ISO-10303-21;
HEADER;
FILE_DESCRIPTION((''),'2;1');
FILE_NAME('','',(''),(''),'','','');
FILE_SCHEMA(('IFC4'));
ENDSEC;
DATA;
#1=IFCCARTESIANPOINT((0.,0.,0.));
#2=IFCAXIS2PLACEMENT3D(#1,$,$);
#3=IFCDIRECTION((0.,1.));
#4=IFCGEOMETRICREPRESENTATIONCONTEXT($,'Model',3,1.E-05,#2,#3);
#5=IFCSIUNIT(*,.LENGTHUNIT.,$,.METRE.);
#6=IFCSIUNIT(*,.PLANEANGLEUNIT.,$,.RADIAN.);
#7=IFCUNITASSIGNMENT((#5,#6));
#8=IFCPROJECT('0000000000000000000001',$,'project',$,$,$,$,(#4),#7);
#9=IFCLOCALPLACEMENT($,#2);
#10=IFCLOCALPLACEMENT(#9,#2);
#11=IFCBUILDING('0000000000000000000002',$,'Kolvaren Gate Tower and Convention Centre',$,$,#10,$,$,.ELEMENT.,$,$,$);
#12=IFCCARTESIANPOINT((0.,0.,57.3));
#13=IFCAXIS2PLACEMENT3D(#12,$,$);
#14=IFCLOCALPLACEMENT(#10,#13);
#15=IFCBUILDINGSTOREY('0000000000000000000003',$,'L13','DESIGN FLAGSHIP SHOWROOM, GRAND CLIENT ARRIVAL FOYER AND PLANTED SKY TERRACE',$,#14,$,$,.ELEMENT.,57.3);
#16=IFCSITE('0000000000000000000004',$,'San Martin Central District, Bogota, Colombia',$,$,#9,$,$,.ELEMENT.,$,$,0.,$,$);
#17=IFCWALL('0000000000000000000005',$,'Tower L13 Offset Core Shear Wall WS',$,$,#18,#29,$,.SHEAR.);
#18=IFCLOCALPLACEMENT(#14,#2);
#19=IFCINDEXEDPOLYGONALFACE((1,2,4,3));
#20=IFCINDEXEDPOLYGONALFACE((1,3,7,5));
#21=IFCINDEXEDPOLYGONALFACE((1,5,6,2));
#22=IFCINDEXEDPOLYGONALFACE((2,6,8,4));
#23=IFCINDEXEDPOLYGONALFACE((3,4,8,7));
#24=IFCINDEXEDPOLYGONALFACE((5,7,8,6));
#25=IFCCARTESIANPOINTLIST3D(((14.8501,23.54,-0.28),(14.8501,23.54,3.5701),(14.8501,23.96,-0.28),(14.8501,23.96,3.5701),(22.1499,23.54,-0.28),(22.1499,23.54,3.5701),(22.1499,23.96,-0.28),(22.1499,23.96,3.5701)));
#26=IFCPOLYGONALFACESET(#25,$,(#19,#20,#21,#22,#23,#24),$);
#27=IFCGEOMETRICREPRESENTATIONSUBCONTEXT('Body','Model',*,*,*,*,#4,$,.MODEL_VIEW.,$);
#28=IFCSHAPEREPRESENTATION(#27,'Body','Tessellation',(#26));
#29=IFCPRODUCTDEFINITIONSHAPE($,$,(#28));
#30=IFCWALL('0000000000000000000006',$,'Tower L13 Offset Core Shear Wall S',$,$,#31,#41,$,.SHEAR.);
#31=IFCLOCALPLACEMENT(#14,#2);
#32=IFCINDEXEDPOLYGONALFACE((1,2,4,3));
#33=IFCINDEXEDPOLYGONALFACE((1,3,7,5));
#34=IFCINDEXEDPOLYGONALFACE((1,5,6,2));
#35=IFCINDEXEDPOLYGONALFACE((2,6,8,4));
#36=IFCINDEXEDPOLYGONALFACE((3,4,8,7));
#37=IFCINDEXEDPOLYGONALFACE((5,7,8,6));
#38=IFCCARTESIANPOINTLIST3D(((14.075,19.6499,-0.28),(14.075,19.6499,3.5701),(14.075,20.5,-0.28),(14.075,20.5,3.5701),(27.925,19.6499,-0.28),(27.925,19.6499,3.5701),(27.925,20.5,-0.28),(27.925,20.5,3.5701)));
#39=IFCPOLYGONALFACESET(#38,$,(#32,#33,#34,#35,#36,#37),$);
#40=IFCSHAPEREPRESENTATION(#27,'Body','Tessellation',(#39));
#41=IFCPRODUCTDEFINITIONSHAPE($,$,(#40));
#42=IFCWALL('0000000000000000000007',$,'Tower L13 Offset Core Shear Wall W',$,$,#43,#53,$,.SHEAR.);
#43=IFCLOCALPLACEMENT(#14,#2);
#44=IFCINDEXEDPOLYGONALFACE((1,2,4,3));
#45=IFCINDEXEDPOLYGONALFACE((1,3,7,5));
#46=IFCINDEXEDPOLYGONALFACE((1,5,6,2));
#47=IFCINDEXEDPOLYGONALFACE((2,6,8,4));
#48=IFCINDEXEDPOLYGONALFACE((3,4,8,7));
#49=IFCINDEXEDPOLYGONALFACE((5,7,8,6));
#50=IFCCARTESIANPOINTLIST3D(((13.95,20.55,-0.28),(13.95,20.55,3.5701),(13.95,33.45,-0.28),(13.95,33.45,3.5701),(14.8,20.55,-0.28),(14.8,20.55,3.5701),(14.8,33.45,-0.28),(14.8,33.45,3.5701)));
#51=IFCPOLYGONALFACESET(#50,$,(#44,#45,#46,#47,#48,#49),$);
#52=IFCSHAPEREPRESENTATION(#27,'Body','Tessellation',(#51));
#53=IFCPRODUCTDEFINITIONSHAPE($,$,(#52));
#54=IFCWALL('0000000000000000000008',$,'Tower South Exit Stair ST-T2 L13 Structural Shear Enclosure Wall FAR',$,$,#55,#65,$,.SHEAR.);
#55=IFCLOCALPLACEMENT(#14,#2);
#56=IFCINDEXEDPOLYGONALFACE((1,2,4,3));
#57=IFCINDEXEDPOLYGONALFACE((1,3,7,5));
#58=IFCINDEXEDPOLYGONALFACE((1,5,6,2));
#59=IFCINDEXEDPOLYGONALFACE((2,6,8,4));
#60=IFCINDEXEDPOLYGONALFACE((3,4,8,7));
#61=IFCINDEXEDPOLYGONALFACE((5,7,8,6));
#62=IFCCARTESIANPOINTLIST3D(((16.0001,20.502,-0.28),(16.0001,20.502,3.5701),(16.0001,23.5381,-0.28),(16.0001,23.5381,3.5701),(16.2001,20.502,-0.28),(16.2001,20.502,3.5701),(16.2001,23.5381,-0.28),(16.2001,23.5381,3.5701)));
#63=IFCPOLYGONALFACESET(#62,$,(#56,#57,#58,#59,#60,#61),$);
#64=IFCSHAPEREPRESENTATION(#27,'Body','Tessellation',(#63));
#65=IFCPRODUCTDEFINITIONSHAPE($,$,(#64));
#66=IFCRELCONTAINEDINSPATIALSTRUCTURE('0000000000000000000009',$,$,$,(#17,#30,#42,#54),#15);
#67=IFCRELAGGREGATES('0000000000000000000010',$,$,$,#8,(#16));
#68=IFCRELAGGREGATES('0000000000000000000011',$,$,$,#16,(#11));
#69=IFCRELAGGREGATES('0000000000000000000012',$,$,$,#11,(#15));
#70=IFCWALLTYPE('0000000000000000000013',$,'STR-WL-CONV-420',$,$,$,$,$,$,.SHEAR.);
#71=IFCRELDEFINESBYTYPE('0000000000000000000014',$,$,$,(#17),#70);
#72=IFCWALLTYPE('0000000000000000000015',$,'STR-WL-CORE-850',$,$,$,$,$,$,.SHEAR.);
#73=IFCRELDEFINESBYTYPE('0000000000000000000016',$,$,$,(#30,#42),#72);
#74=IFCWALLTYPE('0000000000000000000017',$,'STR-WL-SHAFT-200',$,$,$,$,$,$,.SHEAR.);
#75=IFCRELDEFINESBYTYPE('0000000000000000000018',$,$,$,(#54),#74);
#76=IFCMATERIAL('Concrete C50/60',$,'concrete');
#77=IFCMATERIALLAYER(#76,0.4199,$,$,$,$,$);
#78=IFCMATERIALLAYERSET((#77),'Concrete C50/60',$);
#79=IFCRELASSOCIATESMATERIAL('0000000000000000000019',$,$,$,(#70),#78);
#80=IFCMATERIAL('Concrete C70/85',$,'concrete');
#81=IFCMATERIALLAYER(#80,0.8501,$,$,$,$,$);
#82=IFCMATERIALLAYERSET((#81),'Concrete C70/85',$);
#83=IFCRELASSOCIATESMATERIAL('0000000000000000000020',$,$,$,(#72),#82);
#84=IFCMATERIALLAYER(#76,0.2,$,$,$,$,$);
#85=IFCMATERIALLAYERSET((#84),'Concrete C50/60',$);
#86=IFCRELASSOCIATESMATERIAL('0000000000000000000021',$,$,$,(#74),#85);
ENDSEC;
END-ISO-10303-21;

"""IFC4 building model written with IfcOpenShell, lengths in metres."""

from ifc_helpers import new_model, si_unit, direction, frame, frame_2d, origin, place, context, subcontext, project, spatial, rectangle, extrude, material, layer, layer_set, type_object, element, save


model = new_model("IFC4")

# Units and contexts
model_context = context("Model", 3, precision=1e-05, world=origin(), true_north=direction((0.0, 1.0)))
body_context = subcontext(model_context, "Body", "Model", "MODEL_VIEW")
ifc_project = project(units=[si_unit("LENGTHUNIT", "METRE"), si_unit("PLANEANGLEUNIT", "RADIAN")], contexts=[model_context])

# Site, building, storey
site_placement = place(None, origin())
site = spatial("IfcSite", under=ifc_project, at=site_placement, Name="San Martin Central District, Bogota, Colombia", CompositionType="ELEMENT", RefElevation=0.0)
building_placement = place(site_placement, origin())
building = spatial("IfcBuilding", under=site, at=building_placement, Name="Kolvaren Gate Tower and Convention Centre", CompositionType="ELEMENT")
storey_placement = place(building_placement, frame((0.0, 0.0, 57.3)))
storey = spatial("IfcBuildingStorey", under=building, at=storey_placement, Name="L13", Description="DESIGN FLAGSHIP SHOWROOM, GRAND CLIENT ARRIVAL FOYER AND PLANTED SKY TERRACE", CompositionType="ELEMENT", Elevation=57.3)

# Shared definitions
ifc_material_1 = material(Name="Concrete C70/85", Category="concrete")

# Walls
ifc_material_2 = material(Name="Concrete C50/60", Category="concrete")
ifc_layer_1 = layer(ifc_material_2, 0.4199)
ifc_layer_set_1 = layer_set([ifc_layer_1], Name="Concrete C50/60")
wall_type_1 = type_object("IfcWallType", Name="STR-WL-CONV-420", PredefinedType="SHEAR", material=ifc_layer_set_1)
wall_1_placement = place(storey_placement, frame((14.8501, 23.75, -0.28), z_axis=(0.0, 0.0, 1.0), x_axis=(1.0, 0.0, 0.0)))
element("IfcWall", 1, at=wall_1_placement, inside=storey, type_object=wall_type_1, Name="Tower L13 Offset Core Shear Wall WS", PredefinedType="SHEAR", context=body_context, shape_type="SweptSolid", body=[
    extrude(rectangle(XDim=7.2998, YDim=0.4199, at=frame_2d((3.6499, 0.0))), origin(), (0.0, 0.0, 1.0), 3.8501),
])
ifc_layer_2 = layer(ifc_material_1, 0.8501)
ifc_layer_set_2 = layer_set([ifc_layer_2], Name="Concrete C70/85")
wall_type_2 = type_object("IfcWallType", Name="STR-WL-CORE-850", PredefinedType="SHEAR", material=ifc_layer_set_2)
wall_2_placement = place(storey_placement, frame((14.075, 20.075, -0.28), z_axis=(0.0, 0.0, 1.0), x_axis=(1.0, 0.0, 0.0)))
element("IfcWall", 2, at=wall_2_placement, inside=storey, type_object=wall_type_2, Name="Tower L13 Offset Core Shear Wall S", PredefinedType="SHEAR", context=body_context, shape_type="SweptSolid", body=[
    extrude(rectangle(XDim=13.8501, YDim=0.8501, at=frame_2d((6.925, 0.0))), origin(), (0.0, 0.0, 1.0), 3.8501),
])
wall_3_placement = place(storey_placement, frame((14.375, 20.55, -0.28), z_axis=(0.0, 0.0, 1.0), x_axis=(0.0, 1.0, 0.0)))
element("IfcWall", 3, at=wall_3_placement, inside=storey, type_object=wall_type_2, Name="Tower L13 Offset Core Shear Wall W", PredefinedType="SHEAR", context=body_context, shape_type="SweptSolid", body=[
    extrude(rectangle(XDim=12.8999, YDim=0.8501, at=frame_2d((6.45, 0.0))), origin(), (0.0, 0.0, 1.0), 3.8501),
])
ifc_layer_3 = layer(ifc_material_2, 0.2)
ifc_layer_set_3 = layer_set([ifc_layer_3], Name="Concrete C50/60")
wall_type_3 = type_object("IfcWallType", Name="STR-WL-SHAFT-200", PredefinedType="SHEAR", material=ifc_layer_set_3)
wall_4_placement = place(storey_placement, frame((16.1001, 20.502, -0.28), z_axis=(0.0, 0.0, 1.0), x_axis=(0.0, 1.0, 0.0)))
element("IfcWall", 4, at=wall_4_placement, inside=storey, type_object=wall_type_3, Name="Tower South Exit Stair ST-T2 L13 Structural Shear Enclosure Wall FAR", PredefinedType="SHEAR", context=body_context, shape_type="SweptSolid", body=[
    extrude(rectangle(XDim=3.0361, YDim=0.2, at=frame_2d((1.5181, 0.0))), origin(), (0.0, 0.0, 1.0), 3.8501),
])

save(model, "model.ifc")
